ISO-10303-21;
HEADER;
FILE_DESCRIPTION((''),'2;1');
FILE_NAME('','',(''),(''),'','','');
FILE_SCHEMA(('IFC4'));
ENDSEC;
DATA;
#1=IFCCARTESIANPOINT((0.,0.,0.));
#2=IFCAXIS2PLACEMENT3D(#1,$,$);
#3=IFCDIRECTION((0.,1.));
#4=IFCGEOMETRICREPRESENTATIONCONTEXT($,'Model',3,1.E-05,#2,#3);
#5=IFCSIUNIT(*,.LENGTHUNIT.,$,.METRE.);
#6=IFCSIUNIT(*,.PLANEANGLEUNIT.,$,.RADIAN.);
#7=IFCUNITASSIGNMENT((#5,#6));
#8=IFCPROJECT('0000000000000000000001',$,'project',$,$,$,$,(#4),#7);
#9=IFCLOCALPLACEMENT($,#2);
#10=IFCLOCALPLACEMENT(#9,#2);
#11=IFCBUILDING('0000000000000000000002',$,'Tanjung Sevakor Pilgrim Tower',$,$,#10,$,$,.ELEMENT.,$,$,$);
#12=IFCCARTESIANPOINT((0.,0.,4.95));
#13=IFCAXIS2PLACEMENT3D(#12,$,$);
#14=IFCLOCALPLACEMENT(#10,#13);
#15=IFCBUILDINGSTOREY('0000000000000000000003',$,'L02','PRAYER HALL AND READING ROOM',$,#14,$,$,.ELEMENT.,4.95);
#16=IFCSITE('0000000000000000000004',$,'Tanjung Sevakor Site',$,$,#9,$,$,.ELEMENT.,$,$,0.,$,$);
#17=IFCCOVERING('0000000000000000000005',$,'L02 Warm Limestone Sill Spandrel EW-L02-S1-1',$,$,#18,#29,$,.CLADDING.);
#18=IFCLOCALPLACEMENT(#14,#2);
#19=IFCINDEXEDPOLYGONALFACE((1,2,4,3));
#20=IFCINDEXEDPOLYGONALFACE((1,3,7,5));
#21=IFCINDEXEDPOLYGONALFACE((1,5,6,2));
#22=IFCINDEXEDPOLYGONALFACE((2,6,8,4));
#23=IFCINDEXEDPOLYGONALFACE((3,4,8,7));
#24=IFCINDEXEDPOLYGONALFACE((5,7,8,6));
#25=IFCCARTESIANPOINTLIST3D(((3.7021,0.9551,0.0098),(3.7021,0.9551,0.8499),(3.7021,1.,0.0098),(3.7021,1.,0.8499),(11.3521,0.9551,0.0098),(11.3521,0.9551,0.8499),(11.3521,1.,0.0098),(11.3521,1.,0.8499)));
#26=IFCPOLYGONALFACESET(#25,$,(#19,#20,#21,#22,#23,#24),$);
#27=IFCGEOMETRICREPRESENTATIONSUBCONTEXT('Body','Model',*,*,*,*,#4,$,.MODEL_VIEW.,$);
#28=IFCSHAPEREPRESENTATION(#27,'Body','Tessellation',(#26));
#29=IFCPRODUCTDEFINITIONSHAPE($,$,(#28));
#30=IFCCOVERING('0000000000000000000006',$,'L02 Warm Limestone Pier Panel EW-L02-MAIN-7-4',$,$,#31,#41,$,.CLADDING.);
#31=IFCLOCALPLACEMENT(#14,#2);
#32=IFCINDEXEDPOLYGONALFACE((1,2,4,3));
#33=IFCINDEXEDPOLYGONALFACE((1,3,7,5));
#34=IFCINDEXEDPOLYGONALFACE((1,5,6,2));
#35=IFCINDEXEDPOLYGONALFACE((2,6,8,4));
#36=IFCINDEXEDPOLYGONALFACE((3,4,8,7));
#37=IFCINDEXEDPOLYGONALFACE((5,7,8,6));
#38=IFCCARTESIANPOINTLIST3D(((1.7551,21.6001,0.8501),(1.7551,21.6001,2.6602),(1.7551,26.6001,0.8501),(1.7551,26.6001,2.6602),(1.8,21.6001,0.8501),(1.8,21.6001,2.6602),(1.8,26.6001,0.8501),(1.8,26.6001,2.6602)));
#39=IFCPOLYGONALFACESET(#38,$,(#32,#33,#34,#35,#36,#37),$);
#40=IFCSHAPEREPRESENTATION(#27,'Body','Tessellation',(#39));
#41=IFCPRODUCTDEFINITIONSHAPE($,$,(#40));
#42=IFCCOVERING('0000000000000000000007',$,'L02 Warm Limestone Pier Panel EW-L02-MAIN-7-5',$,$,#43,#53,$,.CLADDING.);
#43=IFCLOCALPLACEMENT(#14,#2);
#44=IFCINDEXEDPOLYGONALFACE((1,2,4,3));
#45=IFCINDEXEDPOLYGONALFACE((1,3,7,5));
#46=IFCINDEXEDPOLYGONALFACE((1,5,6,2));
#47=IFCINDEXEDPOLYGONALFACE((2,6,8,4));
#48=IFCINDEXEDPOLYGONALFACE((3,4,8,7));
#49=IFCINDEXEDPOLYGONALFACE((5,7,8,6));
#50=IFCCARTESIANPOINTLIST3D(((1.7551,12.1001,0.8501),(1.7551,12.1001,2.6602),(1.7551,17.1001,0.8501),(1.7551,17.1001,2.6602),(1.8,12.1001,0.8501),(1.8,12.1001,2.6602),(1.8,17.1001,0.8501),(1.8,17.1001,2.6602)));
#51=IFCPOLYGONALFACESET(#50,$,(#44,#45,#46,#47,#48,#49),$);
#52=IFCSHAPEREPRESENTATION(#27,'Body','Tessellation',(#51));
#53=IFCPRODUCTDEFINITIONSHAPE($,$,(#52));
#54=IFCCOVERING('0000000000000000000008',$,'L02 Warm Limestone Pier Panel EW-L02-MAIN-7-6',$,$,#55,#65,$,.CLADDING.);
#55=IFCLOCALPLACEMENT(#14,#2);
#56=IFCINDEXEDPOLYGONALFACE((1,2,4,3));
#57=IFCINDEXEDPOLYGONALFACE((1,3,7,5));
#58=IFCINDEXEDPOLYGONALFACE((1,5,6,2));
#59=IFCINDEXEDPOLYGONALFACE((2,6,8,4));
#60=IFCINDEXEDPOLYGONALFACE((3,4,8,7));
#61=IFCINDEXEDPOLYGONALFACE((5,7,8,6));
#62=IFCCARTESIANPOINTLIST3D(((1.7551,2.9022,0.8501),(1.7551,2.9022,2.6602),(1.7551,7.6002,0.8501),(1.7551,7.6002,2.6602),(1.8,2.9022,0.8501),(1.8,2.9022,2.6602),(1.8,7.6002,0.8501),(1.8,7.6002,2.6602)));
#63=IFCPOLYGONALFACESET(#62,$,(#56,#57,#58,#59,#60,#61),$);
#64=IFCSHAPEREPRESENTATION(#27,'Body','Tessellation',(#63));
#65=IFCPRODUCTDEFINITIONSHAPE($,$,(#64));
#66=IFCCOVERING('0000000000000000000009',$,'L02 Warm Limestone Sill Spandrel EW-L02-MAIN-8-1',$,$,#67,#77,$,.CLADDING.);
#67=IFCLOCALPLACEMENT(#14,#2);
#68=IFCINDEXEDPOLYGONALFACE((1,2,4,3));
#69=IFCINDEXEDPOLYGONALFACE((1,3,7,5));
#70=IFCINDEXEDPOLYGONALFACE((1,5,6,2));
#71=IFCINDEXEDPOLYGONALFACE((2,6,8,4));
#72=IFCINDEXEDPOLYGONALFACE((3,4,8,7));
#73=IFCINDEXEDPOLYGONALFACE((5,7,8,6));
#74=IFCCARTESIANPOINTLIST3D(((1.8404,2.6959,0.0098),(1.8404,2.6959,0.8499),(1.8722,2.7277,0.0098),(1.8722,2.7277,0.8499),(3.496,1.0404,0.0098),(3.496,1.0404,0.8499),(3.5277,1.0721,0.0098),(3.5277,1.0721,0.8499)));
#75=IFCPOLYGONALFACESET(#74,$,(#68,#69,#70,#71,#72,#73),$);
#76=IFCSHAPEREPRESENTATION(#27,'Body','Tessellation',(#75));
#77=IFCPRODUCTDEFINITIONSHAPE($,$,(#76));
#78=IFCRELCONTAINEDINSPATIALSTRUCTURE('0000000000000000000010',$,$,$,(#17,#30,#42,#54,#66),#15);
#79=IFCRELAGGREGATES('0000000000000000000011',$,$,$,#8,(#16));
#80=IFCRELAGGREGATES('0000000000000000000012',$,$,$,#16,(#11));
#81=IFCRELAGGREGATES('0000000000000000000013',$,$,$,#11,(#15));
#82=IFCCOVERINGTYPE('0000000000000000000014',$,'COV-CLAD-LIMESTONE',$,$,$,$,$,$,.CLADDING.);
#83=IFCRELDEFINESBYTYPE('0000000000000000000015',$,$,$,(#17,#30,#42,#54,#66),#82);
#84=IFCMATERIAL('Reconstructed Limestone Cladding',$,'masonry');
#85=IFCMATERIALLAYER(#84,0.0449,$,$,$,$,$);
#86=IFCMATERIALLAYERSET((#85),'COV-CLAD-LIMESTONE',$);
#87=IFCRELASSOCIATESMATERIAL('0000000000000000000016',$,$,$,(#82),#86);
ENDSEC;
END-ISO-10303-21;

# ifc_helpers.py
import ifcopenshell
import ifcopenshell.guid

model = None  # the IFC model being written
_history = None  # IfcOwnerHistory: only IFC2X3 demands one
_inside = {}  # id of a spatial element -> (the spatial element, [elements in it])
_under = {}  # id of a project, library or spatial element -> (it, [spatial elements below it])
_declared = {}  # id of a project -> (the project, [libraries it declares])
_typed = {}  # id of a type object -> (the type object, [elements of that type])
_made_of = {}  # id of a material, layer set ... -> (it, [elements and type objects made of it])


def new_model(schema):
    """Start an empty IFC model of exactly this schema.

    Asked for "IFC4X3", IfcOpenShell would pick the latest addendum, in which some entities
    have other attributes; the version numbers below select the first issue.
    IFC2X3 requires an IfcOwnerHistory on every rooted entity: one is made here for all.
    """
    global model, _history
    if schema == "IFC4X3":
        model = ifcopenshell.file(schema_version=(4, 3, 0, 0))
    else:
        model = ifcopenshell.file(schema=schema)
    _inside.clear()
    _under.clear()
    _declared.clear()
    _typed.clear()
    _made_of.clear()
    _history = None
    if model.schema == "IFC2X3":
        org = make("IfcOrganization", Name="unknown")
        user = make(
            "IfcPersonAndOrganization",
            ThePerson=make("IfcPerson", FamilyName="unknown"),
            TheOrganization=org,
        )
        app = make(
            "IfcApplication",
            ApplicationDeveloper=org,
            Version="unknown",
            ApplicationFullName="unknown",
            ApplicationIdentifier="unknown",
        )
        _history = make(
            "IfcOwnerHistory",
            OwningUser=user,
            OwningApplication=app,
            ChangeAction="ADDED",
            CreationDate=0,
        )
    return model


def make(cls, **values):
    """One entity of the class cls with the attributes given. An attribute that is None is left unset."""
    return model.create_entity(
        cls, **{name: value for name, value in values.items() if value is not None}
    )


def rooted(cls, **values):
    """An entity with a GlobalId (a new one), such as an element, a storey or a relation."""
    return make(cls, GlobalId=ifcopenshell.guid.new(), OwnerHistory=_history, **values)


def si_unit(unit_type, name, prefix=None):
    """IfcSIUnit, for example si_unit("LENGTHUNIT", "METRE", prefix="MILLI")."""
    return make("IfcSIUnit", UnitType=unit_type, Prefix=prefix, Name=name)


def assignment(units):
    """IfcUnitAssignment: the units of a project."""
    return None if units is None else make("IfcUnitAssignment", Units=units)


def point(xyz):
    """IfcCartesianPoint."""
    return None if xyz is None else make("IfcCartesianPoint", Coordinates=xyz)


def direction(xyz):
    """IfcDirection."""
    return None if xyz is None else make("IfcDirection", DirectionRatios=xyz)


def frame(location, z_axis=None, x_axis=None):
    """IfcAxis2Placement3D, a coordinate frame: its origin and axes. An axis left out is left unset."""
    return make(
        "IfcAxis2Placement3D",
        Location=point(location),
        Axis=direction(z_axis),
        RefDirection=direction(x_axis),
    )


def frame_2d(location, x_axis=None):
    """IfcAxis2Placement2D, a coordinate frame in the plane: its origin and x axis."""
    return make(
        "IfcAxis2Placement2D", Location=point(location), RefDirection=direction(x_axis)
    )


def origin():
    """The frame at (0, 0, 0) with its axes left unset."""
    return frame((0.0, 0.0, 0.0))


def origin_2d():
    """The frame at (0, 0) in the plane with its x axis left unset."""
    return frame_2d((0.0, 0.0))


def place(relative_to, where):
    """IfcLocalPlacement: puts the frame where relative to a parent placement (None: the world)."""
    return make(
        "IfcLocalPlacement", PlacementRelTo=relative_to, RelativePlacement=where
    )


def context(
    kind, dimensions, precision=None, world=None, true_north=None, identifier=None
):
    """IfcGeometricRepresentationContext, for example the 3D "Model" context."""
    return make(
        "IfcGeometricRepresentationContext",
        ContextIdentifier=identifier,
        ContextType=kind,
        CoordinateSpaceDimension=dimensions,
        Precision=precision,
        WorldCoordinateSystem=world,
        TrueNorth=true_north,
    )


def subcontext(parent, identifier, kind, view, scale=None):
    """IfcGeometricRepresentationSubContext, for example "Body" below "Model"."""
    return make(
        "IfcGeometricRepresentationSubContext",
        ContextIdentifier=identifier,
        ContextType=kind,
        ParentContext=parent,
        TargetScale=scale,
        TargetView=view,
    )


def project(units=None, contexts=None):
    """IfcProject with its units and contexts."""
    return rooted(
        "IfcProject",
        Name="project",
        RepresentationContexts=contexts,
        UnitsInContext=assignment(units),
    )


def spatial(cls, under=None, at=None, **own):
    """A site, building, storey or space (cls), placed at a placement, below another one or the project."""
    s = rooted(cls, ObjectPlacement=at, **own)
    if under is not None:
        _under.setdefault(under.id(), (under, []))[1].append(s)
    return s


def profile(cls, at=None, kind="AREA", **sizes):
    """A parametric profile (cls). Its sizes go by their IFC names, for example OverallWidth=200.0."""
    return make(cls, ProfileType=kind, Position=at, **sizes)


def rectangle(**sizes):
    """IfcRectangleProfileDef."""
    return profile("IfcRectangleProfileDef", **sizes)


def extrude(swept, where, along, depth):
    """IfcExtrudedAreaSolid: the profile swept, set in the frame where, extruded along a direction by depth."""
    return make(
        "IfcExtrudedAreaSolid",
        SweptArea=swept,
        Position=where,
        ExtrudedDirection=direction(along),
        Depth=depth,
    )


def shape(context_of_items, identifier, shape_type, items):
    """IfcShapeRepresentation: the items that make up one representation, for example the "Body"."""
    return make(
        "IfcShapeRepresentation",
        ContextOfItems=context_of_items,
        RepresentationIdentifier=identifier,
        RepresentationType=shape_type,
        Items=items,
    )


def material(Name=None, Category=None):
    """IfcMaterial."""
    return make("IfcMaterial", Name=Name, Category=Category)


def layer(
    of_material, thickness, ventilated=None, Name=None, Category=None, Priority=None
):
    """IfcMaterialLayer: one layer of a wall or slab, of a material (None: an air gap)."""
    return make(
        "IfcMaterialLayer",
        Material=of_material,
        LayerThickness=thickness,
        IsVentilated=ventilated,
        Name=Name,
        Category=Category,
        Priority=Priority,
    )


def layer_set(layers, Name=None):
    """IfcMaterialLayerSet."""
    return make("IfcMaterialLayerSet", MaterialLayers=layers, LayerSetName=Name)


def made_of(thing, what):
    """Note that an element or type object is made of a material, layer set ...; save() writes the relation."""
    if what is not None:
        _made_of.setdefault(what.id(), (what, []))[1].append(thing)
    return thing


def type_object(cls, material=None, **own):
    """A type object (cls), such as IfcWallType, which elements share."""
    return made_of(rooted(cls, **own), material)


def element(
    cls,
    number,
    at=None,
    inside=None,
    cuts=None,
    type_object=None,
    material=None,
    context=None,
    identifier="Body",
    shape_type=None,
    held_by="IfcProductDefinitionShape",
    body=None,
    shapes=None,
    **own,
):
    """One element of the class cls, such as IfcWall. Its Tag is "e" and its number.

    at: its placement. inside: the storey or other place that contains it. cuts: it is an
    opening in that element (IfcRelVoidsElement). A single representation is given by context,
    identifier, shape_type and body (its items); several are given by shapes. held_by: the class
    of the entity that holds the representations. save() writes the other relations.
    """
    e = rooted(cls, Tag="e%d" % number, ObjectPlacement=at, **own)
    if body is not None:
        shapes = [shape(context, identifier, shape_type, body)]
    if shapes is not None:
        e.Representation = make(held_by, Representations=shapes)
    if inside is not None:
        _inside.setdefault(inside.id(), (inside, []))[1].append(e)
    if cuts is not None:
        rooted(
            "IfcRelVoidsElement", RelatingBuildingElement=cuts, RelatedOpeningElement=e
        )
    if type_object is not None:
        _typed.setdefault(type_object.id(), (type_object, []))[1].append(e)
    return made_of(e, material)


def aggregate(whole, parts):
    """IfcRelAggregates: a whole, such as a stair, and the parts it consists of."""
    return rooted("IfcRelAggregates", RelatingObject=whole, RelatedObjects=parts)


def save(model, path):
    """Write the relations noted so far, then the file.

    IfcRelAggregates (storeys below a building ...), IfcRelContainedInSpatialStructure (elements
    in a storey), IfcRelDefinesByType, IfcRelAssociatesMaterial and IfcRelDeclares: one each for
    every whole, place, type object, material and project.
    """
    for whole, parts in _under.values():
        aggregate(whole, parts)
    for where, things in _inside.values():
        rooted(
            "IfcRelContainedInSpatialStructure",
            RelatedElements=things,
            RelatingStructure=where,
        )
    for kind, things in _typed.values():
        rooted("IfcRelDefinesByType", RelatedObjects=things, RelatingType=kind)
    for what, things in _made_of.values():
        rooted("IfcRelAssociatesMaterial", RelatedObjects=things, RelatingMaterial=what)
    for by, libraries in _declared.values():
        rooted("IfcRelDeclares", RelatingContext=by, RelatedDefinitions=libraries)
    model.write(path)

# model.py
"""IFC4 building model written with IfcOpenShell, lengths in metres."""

from ifc_helpers import new_model, si_unit, direction, frame, origin, origin_2d, place, context, subcontext, project, spatial, rectangle, extrude, material, layer, layer_set, type_object, element, save


model = new_model("IFC4")

# Units and contexts
model_context = context("Model", 3, precision=1e-05, world=origin(), true_north=direction((0.0, 1.0)))
body_context = subcontext(model_context, "Body", "Model", "MODEL_VIEW")
ifc_project = project(units=[si_unit("LENGTHUNIT", "METRE"), si_unit("PLANEANGLEUNIT", "RADIAN")], contexts=[model_context])

# Site, building, storey
site_placement = place(None, origin())
site = spatial("IfcSite", under=ifc_project, at=site_placement, Name="Tanjung Sevakor Site", CompositionType="ELEMENT", RefElevation=0.0)
building_placement = place(site_placement, origin())
building = spatial("IfcBuilding", under=site, at=building_placement, Name="Tanjung Sevakor Pilgrim Tower", CompositionType="ELEMENT")
storey_placement = place(building_placement, frame((0.0, 0.0, 4.95)))
storey = spatial("IfcBuildingStorey", under=building, at=storey_placement, Name="L02", Description="PRAYER HALL AND READING ROOM", CompositionType="ELEMENT", Elevation=4.95)

# Coverings
ifc_material_1 = material(Name="Reconstructed Limestone Cladding", Category="masonry")
ifc_layer_1 = layer(ifc_material_1, 0.0449)
ifc_layer_set_1 = layer_set([ifc_layer_1], Name="COV-CLAD-LIMESTONE")
covering_type = type_object("IfcCoveringType", Name="COV-CLAD-LIMESTONE", PredefinedType="CLADDING", material=ifc_layer_set_1)
covering_1_placement = place(storey_placement, frame((7.5271, 0.9775, 0.0098), z_axis=(0.0, 0.0, 1.0), x_axis=(1.0, 0.0, 0.0)))
element("IfcCovering", 1, at=covering_1_placement, inside=storey, type_object=covering_type, Name="L02 Warm Limestone Sill Spandrel EW-L02-S1-1", PredefinedType="CLADDING", context=body_context, shape_type="SweptSolid", body=[
    extrude(rectangle(XDim=7.6499, YDim=0.0449, at=origin_2d()), origin(), (0.0, 0.0, 1.0), 0.8401),
])
for number, where, z_axis, x_axis, name in (
    (2, (1.7776, 24.1001, 0.8501), (0.0, 0.0, 1.0), (0.0, -1.0, 0.0), "L02 Warm Limestone Pier Panel EW-L02-MAIN-7-4"),
    (3, (1.7776, 14.6001, 0.8501), (0.0, 0.0, 1.0), (0.0, -1.0, 0.0), "L02 Warm Limestone Pier Panel EW-L02-MAIN-7-5"),
):
    element("IfcCovering", number, at=place(storey_placement, frame(where, z_axis=z_axis, x_axis=x_axis)), inside=storey, type_object=covering_type, Name=name, PredefinedType="CLADDING", context=body_context, shape_type="SweptSolid", body=[
        extrude(rectangle(XDim=5.0, YDim=0.0449, at=origin_2d()), origin(), (0.0, 0.0, 1.0), 1.8101),
    ])
covering_2_placement = place(storey_placement, frame((1.7776, 5.2512, 0.8501), z_axis=(0.0, 0.0, 1.0), x_axis=(0.0, -1.0, 0.0)))
element("IfcCovering", 4, at=covering_2_placement, inside=storey, type_object=covering_type, Name="L02 Warm Limestone Pier Panel EW-L02-MAIN-7-6", PredefinedType="CLADDING", context=body_context, shape_type="SweptSolid", body=[
    extrude(rectangle(XDim=4.698, YDim=0.0449, at=origin_2d()), origin(), (0.0, 0.0, 1.0), 1.8101),
])
covering_3_placement = place(storey_placement, frame((2.6841, 1.884, 0.0098), z_axis=(0.0, 0.0, 1.0), x_axis=(0.707107, -0.707107, 0.0)))
element("IfcCovering", 5, at=covering_3_placement, inside=storey, type_object=covering_type, Name="L02 Warm Limestone Sill Spandrel EW-L02-MAIN-8-1", PredefinedType="CLADDING", context=body_context, shape_type="SweptSolid", body=[
    extrude(rectangle(XDim=2.3413, YDim=0.0449, at=origin_2d()), origin(), (0.0, 0.0, 1.0), 0.8401),
])

save(model, "model.ifc")
